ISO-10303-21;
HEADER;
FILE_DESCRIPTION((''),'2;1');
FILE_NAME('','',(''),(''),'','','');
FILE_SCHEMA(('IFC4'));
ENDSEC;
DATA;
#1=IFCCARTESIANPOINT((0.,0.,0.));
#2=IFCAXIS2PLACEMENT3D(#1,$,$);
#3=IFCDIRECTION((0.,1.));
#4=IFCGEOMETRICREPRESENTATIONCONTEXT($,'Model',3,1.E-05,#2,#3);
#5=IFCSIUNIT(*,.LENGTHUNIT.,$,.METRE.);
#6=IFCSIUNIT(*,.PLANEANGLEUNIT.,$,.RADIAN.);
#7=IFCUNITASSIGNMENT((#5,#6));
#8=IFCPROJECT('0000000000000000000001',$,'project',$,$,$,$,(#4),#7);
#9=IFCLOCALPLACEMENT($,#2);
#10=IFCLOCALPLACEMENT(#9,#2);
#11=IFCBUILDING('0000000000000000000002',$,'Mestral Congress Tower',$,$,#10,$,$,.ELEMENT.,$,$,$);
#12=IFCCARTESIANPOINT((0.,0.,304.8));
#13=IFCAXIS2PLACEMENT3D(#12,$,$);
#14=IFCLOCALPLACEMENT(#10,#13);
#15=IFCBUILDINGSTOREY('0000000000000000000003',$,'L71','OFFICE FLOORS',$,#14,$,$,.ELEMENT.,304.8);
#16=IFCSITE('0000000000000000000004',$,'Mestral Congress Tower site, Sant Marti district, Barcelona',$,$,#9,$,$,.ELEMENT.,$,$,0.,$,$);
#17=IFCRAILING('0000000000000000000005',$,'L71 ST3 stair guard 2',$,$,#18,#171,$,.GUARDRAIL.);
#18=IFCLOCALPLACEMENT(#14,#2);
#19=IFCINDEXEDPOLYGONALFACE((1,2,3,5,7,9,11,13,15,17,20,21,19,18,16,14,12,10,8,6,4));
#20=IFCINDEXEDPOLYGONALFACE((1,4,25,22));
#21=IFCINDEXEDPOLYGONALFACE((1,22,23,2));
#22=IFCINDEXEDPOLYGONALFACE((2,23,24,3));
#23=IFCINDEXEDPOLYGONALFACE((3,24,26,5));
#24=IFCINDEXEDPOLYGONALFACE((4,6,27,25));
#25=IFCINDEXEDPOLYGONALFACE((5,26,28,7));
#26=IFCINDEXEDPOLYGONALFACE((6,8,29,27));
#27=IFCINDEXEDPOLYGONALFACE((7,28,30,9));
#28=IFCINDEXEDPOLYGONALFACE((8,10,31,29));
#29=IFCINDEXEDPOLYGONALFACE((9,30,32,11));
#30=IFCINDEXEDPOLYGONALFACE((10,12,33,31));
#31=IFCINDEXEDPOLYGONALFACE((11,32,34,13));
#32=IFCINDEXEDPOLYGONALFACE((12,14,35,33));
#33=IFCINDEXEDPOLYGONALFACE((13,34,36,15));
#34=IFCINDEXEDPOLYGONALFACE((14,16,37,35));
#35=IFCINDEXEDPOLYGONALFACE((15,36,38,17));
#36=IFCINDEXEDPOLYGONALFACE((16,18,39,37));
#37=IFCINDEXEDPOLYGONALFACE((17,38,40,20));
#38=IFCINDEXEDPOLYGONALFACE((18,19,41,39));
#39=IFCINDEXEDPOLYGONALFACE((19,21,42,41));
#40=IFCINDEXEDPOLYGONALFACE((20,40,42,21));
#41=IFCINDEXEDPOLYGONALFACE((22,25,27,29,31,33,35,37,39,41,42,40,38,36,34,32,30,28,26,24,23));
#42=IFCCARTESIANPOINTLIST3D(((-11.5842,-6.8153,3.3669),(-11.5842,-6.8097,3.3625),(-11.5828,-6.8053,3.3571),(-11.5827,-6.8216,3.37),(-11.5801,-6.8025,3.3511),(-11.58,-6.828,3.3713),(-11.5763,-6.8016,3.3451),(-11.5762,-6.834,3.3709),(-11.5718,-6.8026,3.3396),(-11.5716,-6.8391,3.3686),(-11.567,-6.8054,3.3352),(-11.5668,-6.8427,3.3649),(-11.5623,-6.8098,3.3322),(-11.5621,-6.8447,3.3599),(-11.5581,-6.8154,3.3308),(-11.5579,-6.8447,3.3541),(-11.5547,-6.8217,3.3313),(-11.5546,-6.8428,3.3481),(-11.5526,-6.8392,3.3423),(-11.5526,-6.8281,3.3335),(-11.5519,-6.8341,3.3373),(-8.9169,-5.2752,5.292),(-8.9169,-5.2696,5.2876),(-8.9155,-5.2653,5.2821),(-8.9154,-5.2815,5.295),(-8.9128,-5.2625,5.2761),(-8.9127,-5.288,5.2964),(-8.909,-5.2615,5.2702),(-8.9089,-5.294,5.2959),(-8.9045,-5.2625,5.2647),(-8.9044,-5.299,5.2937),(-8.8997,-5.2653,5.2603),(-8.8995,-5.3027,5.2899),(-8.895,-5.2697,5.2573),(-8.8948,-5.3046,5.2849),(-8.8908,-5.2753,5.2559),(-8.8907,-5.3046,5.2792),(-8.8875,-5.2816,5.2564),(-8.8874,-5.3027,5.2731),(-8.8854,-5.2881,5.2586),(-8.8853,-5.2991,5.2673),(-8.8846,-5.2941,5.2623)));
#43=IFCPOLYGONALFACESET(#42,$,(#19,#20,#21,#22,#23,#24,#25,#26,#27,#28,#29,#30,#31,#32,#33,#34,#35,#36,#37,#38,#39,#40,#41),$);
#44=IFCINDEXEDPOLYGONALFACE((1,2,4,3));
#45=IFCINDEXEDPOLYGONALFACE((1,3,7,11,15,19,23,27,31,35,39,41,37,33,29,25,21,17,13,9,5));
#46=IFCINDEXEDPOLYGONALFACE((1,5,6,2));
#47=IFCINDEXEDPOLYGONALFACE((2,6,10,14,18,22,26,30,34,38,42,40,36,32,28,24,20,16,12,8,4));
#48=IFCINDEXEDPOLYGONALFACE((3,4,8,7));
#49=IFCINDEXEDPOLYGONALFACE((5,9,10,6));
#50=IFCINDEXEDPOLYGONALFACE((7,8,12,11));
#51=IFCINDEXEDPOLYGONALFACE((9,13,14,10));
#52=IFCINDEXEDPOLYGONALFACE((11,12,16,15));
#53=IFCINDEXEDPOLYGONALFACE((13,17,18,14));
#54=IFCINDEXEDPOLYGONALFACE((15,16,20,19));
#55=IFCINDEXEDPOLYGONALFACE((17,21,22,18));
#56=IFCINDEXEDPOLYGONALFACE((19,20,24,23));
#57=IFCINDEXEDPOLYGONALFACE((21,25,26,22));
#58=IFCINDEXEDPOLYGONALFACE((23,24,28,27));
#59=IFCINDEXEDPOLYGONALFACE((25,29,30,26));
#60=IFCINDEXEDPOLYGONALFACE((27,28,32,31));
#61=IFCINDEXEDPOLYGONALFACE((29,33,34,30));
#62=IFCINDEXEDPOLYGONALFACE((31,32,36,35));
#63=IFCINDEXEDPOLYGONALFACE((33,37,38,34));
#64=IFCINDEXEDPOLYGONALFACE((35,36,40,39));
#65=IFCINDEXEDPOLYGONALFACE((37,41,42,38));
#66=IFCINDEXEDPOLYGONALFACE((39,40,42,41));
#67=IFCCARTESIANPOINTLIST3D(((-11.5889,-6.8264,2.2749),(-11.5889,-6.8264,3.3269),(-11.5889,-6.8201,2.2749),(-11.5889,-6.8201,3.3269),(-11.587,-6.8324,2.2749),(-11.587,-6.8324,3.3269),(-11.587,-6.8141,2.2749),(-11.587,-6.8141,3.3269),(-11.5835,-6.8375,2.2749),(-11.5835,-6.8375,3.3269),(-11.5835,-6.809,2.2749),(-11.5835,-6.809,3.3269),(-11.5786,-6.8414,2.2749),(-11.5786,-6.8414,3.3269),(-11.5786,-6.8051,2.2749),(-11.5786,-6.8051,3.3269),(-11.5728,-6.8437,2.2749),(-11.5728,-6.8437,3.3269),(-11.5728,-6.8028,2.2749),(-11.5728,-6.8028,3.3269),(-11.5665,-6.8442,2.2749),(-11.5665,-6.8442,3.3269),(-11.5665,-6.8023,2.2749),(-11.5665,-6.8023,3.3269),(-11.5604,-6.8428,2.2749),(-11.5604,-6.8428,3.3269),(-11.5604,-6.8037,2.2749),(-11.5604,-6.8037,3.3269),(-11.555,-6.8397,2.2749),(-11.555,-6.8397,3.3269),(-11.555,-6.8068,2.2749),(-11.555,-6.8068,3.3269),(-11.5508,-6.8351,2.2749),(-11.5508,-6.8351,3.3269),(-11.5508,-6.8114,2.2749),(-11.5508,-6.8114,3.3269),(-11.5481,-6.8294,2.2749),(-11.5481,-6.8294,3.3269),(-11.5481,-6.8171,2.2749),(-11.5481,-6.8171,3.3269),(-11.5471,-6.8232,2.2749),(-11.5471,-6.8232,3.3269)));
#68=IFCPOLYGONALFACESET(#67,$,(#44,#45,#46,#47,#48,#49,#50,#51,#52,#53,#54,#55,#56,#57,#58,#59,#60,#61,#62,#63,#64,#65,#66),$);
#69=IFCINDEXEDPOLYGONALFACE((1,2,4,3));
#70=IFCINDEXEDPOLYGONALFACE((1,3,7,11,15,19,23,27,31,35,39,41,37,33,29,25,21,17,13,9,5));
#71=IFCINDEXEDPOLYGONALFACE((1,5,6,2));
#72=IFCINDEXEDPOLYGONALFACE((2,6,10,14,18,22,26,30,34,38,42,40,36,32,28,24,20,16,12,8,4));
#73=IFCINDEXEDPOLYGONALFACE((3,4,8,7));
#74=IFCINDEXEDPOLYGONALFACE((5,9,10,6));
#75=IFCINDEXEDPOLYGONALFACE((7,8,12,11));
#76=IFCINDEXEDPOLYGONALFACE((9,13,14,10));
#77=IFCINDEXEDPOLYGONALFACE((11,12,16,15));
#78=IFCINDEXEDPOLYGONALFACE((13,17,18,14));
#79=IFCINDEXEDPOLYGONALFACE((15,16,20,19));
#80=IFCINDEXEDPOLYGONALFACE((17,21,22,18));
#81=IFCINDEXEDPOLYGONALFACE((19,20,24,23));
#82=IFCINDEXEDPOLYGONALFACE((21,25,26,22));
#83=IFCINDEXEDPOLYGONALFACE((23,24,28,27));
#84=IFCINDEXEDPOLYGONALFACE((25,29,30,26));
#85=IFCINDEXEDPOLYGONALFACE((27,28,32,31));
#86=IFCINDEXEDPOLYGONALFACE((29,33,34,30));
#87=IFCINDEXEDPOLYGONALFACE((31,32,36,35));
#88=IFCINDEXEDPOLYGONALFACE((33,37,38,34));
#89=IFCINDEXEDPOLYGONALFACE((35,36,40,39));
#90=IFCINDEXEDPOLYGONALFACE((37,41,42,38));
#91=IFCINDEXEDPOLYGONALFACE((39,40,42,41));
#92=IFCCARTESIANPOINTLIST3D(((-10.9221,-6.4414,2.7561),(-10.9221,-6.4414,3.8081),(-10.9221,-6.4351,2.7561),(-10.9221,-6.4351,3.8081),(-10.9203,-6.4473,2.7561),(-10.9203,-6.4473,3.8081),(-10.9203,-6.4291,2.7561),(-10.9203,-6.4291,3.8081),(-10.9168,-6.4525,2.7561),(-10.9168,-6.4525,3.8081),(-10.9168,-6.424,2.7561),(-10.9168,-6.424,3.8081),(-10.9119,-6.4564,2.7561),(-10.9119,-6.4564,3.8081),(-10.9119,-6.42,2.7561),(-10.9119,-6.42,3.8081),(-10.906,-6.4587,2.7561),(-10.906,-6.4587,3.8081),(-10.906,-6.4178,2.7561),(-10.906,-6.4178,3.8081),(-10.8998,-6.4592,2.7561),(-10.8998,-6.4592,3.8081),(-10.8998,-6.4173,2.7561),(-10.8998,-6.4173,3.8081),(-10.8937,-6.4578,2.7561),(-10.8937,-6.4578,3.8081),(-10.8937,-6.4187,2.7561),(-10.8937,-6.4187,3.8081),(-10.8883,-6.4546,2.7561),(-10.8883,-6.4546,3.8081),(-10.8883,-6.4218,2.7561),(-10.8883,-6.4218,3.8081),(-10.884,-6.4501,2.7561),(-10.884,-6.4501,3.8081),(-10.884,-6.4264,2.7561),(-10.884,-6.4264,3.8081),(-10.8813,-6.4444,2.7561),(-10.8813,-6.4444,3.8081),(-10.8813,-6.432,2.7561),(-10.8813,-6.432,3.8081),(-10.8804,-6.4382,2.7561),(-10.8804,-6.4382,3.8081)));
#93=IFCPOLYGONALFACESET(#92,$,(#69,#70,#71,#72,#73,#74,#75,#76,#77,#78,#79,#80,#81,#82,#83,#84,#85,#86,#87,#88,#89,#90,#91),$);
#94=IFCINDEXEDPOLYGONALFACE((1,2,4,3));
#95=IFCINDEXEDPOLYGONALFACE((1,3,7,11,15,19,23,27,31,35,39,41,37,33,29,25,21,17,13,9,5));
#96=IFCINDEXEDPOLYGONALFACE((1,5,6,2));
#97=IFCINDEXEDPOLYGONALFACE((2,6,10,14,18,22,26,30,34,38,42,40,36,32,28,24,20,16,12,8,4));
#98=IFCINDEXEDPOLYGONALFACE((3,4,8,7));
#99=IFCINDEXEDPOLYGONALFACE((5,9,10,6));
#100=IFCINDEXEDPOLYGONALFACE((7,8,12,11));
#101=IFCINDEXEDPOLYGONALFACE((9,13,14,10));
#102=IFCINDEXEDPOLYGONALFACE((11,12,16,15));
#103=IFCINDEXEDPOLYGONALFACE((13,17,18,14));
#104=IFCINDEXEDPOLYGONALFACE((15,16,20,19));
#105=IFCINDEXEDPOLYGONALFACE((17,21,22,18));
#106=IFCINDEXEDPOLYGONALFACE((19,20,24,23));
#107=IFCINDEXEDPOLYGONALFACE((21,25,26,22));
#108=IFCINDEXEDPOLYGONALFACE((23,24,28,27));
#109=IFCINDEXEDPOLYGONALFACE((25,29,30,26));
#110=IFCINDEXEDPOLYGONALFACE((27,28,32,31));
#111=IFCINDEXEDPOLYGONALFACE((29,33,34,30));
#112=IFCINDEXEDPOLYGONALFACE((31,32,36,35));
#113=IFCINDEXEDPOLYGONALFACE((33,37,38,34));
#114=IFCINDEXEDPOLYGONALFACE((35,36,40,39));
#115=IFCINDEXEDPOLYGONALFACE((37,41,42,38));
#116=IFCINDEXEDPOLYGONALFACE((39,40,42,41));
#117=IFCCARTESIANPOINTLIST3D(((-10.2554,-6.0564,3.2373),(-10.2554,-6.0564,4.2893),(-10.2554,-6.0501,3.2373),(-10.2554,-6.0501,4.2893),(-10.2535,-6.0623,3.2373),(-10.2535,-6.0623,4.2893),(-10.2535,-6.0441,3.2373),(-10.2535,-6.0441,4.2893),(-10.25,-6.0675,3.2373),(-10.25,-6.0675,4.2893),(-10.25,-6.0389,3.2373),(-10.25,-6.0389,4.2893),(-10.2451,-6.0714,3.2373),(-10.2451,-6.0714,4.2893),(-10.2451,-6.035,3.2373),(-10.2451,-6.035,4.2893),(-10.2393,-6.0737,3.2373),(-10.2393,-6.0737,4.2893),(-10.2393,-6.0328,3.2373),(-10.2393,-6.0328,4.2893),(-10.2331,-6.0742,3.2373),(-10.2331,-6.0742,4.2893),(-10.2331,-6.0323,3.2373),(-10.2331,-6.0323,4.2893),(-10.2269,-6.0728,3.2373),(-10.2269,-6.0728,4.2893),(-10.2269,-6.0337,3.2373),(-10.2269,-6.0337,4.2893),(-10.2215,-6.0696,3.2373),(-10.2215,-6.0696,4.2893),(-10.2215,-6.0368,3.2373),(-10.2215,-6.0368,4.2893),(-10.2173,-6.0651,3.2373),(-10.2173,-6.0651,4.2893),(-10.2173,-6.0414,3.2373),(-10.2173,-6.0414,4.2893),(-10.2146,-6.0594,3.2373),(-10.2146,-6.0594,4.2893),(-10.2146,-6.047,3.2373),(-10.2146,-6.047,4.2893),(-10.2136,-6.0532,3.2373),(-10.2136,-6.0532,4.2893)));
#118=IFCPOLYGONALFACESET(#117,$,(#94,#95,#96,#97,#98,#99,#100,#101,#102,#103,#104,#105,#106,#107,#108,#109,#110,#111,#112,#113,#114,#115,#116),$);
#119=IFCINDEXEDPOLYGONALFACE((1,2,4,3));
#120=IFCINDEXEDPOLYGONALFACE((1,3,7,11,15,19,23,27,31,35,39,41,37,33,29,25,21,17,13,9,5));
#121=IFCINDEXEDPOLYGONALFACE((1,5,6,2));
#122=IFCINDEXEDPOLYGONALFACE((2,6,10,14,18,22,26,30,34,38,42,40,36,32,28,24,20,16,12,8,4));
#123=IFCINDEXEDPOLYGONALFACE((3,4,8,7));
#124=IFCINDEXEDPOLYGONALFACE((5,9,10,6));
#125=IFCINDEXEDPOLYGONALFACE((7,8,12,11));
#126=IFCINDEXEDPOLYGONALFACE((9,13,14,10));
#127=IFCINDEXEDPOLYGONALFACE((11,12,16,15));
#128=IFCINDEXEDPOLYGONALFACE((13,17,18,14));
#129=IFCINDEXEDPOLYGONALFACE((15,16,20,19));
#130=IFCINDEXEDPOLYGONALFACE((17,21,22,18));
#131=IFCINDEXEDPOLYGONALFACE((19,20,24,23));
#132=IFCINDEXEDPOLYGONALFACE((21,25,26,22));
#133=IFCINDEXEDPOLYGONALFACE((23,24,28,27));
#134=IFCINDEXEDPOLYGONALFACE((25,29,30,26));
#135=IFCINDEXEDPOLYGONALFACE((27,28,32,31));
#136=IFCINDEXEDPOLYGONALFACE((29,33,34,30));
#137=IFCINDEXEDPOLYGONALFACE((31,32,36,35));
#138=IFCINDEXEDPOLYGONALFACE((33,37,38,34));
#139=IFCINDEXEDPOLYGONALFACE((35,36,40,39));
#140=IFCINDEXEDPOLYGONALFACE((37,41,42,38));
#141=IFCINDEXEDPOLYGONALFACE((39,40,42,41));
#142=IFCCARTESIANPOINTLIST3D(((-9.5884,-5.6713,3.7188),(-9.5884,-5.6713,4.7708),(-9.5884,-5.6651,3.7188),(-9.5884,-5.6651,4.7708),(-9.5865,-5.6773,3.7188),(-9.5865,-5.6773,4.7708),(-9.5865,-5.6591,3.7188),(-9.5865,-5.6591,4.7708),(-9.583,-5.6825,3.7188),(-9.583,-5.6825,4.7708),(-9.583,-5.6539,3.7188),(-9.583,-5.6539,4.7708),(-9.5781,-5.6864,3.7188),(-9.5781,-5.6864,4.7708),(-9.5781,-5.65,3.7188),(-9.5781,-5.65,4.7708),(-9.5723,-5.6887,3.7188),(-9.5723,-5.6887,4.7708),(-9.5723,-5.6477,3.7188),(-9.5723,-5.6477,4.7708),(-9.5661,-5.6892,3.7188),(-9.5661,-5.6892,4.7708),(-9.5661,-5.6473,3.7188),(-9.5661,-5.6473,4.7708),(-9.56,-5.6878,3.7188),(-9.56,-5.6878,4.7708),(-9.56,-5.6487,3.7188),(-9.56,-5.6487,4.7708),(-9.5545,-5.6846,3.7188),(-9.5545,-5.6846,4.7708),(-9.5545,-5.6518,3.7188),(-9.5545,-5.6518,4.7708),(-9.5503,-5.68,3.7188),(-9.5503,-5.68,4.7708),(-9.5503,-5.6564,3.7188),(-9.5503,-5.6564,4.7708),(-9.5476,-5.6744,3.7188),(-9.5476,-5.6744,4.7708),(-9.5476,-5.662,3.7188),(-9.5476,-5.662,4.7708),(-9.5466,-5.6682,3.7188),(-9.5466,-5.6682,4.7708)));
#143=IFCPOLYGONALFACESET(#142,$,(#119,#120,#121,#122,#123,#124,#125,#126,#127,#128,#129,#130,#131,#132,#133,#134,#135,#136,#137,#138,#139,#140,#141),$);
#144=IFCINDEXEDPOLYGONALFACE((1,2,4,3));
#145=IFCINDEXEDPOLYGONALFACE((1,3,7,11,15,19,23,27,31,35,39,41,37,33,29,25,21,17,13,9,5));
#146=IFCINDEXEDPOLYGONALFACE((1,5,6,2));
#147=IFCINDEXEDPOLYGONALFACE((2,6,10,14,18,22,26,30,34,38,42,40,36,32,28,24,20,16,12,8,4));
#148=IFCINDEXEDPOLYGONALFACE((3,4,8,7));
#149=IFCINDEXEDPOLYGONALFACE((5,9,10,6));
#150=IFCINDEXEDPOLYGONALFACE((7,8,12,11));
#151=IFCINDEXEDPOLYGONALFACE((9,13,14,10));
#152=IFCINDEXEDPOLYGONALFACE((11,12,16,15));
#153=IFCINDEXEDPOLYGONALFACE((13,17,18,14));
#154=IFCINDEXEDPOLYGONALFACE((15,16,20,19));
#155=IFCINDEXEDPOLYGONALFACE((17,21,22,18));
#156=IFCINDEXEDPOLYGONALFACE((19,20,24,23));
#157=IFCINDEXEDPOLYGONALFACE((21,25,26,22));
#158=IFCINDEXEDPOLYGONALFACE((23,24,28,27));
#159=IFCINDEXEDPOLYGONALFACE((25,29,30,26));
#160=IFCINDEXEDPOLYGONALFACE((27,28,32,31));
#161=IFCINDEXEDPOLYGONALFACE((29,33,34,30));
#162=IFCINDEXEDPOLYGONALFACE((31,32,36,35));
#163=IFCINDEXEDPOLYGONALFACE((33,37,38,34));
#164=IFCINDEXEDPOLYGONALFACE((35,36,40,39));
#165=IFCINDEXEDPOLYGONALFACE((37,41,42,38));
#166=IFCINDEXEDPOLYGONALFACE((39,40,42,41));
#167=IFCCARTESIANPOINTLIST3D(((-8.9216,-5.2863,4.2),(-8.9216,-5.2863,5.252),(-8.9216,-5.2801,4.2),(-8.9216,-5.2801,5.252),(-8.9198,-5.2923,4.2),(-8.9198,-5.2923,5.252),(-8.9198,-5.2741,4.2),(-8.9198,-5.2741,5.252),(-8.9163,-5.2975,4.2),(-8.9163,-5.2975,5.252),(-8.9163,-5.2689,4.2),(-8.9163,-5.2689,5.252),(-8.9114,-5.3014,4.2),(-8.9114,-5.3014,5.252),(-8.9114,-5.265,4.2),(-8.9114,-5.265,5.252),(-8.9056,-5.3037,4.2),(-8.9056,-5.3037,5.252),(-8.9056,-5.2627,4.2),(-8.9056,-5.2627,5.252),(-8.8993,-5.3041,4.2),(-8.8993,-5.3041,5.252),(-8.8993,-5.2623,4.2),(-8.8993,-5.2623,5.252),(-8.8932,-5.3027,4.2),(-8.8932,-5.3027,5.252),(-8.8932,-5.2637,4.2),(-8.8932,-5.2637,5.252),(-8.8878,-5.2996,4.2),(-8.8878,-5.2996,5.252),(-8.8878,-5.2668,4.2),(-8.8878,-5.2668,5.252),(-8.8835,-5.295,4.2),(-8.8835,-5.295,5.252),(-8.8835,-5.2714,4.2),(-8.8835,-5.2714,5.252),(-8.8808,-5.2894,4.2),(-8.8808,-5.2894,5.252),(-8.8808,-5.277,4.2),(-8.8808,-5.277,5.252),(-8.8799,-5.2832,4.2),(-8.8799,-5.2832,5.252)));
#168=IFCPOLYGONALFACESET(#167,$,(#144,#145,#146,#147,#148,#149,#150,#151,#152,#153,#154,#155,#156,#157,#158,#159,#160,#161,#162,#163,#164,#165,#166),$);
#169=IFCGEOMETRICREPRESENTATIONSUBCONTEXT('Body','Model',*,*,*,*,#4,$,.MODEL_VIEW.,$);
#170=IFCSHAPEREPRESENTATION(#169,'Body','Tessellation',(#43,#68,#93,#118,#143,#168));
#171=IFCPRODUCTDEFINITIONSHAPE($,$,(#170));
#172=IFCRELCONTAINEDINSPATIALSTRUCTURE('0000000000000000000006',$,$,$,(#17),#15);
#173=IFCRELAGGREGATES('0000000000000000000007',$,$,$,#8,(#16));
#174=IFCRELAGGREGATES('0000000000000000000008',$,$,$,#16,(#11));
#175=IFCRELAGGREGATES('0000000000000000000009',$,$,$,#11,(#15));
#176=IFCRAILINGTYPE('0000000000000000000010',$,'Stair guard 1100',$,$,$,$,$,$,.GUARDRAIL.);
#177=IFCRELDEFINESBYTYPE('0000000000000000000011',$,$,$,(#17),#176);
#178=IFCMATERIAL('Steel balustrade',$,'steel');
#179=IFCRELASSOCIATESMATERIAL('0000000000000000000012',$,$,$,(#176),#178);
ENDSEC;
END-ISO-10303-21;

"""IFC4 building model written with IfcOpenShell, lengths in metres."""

from ifc_helpers import new_model, si_unit, direction, frame, origin, origin_2d, place, context, subcontext, project, spatial, circle, extrude, material, type_object, element, save


model = new_model("IFC4")

# Units and contexts
model_context = context("Model", 3, precision=1e-05, world=origin(), true_north=direction((0.0, 1.0)))
body_context = subcontext(model_context, "Body", "Model", "MODEL_VIEW")
ifc_project = project(units=[si_unit("LENGTHUNIT", "METRE"), si_unit("PLANEANGLEUNIT", "RADIAN")], contexts=[model_context])

# Site, building, storey
site_placement = place(None, origin())
site = spatial("IfcSite", under=ifc_project, at=site_placement, Name="Mestral Congress Tower site, Sant Marti district, Barcelona", CompositionType="ELEMENT", RefElevation=0.0)
building_placement = place(site_placement, origin())
building = spatial("IfcBuilding", under=site, at=building_placement, Name="Mestral Congress Tower", CompositionType="ELEMENT")
storey_placement = place(building_placement, frame((0.0, 0.0, 304.8)))
storey = spatial("IfcBuildingStorey", under=building, at=storey_placement, Name="L71", Description="OFFICE FLOORS", CompositionType="ELEMENT", Elevation=304.8)

# Railing
ifc_material_1 = material(Name="Steel balustrade", Category="steel")
railing_type_1 = type_object("IfcRailingType", Name="Stair guard 1100", PredefinedType="GUARDRAIL", material=ifc_material_1)
railing_1_placement = place(storey_placement, frame((-11.5681, -6.8232, 2.2749)))
element("IfcRailing", 1, at=railing_1_placement, inside=storey, type_object=railing_type_1, Name="L71 ST3 stair guard 2", PredefinedType="GUARDRAIL", context=body_context, shape_type="SweptSolid", body=[
    extrude(circle(Radius=0.0239, at=origin_2d()), frame((0.0, 0.0, 1.0762), z_axis=(0.734364, 0.424015, 0.530019), x_axis=(-0.500027, 0.86601, 0.0)), (0.0, 0.0, 1.0), 3.6321),
    extrude(circle(Radius=0.021, at=origin_2d()), origin(), (0.0, 0.0, 1.0), 1.052),
    extrude(circle(Radius=0.021, at=origin_2d()), frame((0.6667, 0.385, 0.4812)), (0.0, 0.0, 1.0), 1.052),
    extrude(circle(Radius=0.021, at=origin_2d()), frame((1.3335, 0.77, 0.9624)), (0.0, 0.0, 1.0), 1.052),
    extrude(circle(Radius=0.021, at=origin_2d()), frame((2.0005, 1.155, 1.4438)), (0.0, 0.0, 1.0), 1.052),
    extrude(circle(Radius=0.021, at=origin_2d()), frame((2.6672, 1.54, 1.925)), (0.0, 0.0, 1.0), 1.052),
])

save(model, "model.ifc")
